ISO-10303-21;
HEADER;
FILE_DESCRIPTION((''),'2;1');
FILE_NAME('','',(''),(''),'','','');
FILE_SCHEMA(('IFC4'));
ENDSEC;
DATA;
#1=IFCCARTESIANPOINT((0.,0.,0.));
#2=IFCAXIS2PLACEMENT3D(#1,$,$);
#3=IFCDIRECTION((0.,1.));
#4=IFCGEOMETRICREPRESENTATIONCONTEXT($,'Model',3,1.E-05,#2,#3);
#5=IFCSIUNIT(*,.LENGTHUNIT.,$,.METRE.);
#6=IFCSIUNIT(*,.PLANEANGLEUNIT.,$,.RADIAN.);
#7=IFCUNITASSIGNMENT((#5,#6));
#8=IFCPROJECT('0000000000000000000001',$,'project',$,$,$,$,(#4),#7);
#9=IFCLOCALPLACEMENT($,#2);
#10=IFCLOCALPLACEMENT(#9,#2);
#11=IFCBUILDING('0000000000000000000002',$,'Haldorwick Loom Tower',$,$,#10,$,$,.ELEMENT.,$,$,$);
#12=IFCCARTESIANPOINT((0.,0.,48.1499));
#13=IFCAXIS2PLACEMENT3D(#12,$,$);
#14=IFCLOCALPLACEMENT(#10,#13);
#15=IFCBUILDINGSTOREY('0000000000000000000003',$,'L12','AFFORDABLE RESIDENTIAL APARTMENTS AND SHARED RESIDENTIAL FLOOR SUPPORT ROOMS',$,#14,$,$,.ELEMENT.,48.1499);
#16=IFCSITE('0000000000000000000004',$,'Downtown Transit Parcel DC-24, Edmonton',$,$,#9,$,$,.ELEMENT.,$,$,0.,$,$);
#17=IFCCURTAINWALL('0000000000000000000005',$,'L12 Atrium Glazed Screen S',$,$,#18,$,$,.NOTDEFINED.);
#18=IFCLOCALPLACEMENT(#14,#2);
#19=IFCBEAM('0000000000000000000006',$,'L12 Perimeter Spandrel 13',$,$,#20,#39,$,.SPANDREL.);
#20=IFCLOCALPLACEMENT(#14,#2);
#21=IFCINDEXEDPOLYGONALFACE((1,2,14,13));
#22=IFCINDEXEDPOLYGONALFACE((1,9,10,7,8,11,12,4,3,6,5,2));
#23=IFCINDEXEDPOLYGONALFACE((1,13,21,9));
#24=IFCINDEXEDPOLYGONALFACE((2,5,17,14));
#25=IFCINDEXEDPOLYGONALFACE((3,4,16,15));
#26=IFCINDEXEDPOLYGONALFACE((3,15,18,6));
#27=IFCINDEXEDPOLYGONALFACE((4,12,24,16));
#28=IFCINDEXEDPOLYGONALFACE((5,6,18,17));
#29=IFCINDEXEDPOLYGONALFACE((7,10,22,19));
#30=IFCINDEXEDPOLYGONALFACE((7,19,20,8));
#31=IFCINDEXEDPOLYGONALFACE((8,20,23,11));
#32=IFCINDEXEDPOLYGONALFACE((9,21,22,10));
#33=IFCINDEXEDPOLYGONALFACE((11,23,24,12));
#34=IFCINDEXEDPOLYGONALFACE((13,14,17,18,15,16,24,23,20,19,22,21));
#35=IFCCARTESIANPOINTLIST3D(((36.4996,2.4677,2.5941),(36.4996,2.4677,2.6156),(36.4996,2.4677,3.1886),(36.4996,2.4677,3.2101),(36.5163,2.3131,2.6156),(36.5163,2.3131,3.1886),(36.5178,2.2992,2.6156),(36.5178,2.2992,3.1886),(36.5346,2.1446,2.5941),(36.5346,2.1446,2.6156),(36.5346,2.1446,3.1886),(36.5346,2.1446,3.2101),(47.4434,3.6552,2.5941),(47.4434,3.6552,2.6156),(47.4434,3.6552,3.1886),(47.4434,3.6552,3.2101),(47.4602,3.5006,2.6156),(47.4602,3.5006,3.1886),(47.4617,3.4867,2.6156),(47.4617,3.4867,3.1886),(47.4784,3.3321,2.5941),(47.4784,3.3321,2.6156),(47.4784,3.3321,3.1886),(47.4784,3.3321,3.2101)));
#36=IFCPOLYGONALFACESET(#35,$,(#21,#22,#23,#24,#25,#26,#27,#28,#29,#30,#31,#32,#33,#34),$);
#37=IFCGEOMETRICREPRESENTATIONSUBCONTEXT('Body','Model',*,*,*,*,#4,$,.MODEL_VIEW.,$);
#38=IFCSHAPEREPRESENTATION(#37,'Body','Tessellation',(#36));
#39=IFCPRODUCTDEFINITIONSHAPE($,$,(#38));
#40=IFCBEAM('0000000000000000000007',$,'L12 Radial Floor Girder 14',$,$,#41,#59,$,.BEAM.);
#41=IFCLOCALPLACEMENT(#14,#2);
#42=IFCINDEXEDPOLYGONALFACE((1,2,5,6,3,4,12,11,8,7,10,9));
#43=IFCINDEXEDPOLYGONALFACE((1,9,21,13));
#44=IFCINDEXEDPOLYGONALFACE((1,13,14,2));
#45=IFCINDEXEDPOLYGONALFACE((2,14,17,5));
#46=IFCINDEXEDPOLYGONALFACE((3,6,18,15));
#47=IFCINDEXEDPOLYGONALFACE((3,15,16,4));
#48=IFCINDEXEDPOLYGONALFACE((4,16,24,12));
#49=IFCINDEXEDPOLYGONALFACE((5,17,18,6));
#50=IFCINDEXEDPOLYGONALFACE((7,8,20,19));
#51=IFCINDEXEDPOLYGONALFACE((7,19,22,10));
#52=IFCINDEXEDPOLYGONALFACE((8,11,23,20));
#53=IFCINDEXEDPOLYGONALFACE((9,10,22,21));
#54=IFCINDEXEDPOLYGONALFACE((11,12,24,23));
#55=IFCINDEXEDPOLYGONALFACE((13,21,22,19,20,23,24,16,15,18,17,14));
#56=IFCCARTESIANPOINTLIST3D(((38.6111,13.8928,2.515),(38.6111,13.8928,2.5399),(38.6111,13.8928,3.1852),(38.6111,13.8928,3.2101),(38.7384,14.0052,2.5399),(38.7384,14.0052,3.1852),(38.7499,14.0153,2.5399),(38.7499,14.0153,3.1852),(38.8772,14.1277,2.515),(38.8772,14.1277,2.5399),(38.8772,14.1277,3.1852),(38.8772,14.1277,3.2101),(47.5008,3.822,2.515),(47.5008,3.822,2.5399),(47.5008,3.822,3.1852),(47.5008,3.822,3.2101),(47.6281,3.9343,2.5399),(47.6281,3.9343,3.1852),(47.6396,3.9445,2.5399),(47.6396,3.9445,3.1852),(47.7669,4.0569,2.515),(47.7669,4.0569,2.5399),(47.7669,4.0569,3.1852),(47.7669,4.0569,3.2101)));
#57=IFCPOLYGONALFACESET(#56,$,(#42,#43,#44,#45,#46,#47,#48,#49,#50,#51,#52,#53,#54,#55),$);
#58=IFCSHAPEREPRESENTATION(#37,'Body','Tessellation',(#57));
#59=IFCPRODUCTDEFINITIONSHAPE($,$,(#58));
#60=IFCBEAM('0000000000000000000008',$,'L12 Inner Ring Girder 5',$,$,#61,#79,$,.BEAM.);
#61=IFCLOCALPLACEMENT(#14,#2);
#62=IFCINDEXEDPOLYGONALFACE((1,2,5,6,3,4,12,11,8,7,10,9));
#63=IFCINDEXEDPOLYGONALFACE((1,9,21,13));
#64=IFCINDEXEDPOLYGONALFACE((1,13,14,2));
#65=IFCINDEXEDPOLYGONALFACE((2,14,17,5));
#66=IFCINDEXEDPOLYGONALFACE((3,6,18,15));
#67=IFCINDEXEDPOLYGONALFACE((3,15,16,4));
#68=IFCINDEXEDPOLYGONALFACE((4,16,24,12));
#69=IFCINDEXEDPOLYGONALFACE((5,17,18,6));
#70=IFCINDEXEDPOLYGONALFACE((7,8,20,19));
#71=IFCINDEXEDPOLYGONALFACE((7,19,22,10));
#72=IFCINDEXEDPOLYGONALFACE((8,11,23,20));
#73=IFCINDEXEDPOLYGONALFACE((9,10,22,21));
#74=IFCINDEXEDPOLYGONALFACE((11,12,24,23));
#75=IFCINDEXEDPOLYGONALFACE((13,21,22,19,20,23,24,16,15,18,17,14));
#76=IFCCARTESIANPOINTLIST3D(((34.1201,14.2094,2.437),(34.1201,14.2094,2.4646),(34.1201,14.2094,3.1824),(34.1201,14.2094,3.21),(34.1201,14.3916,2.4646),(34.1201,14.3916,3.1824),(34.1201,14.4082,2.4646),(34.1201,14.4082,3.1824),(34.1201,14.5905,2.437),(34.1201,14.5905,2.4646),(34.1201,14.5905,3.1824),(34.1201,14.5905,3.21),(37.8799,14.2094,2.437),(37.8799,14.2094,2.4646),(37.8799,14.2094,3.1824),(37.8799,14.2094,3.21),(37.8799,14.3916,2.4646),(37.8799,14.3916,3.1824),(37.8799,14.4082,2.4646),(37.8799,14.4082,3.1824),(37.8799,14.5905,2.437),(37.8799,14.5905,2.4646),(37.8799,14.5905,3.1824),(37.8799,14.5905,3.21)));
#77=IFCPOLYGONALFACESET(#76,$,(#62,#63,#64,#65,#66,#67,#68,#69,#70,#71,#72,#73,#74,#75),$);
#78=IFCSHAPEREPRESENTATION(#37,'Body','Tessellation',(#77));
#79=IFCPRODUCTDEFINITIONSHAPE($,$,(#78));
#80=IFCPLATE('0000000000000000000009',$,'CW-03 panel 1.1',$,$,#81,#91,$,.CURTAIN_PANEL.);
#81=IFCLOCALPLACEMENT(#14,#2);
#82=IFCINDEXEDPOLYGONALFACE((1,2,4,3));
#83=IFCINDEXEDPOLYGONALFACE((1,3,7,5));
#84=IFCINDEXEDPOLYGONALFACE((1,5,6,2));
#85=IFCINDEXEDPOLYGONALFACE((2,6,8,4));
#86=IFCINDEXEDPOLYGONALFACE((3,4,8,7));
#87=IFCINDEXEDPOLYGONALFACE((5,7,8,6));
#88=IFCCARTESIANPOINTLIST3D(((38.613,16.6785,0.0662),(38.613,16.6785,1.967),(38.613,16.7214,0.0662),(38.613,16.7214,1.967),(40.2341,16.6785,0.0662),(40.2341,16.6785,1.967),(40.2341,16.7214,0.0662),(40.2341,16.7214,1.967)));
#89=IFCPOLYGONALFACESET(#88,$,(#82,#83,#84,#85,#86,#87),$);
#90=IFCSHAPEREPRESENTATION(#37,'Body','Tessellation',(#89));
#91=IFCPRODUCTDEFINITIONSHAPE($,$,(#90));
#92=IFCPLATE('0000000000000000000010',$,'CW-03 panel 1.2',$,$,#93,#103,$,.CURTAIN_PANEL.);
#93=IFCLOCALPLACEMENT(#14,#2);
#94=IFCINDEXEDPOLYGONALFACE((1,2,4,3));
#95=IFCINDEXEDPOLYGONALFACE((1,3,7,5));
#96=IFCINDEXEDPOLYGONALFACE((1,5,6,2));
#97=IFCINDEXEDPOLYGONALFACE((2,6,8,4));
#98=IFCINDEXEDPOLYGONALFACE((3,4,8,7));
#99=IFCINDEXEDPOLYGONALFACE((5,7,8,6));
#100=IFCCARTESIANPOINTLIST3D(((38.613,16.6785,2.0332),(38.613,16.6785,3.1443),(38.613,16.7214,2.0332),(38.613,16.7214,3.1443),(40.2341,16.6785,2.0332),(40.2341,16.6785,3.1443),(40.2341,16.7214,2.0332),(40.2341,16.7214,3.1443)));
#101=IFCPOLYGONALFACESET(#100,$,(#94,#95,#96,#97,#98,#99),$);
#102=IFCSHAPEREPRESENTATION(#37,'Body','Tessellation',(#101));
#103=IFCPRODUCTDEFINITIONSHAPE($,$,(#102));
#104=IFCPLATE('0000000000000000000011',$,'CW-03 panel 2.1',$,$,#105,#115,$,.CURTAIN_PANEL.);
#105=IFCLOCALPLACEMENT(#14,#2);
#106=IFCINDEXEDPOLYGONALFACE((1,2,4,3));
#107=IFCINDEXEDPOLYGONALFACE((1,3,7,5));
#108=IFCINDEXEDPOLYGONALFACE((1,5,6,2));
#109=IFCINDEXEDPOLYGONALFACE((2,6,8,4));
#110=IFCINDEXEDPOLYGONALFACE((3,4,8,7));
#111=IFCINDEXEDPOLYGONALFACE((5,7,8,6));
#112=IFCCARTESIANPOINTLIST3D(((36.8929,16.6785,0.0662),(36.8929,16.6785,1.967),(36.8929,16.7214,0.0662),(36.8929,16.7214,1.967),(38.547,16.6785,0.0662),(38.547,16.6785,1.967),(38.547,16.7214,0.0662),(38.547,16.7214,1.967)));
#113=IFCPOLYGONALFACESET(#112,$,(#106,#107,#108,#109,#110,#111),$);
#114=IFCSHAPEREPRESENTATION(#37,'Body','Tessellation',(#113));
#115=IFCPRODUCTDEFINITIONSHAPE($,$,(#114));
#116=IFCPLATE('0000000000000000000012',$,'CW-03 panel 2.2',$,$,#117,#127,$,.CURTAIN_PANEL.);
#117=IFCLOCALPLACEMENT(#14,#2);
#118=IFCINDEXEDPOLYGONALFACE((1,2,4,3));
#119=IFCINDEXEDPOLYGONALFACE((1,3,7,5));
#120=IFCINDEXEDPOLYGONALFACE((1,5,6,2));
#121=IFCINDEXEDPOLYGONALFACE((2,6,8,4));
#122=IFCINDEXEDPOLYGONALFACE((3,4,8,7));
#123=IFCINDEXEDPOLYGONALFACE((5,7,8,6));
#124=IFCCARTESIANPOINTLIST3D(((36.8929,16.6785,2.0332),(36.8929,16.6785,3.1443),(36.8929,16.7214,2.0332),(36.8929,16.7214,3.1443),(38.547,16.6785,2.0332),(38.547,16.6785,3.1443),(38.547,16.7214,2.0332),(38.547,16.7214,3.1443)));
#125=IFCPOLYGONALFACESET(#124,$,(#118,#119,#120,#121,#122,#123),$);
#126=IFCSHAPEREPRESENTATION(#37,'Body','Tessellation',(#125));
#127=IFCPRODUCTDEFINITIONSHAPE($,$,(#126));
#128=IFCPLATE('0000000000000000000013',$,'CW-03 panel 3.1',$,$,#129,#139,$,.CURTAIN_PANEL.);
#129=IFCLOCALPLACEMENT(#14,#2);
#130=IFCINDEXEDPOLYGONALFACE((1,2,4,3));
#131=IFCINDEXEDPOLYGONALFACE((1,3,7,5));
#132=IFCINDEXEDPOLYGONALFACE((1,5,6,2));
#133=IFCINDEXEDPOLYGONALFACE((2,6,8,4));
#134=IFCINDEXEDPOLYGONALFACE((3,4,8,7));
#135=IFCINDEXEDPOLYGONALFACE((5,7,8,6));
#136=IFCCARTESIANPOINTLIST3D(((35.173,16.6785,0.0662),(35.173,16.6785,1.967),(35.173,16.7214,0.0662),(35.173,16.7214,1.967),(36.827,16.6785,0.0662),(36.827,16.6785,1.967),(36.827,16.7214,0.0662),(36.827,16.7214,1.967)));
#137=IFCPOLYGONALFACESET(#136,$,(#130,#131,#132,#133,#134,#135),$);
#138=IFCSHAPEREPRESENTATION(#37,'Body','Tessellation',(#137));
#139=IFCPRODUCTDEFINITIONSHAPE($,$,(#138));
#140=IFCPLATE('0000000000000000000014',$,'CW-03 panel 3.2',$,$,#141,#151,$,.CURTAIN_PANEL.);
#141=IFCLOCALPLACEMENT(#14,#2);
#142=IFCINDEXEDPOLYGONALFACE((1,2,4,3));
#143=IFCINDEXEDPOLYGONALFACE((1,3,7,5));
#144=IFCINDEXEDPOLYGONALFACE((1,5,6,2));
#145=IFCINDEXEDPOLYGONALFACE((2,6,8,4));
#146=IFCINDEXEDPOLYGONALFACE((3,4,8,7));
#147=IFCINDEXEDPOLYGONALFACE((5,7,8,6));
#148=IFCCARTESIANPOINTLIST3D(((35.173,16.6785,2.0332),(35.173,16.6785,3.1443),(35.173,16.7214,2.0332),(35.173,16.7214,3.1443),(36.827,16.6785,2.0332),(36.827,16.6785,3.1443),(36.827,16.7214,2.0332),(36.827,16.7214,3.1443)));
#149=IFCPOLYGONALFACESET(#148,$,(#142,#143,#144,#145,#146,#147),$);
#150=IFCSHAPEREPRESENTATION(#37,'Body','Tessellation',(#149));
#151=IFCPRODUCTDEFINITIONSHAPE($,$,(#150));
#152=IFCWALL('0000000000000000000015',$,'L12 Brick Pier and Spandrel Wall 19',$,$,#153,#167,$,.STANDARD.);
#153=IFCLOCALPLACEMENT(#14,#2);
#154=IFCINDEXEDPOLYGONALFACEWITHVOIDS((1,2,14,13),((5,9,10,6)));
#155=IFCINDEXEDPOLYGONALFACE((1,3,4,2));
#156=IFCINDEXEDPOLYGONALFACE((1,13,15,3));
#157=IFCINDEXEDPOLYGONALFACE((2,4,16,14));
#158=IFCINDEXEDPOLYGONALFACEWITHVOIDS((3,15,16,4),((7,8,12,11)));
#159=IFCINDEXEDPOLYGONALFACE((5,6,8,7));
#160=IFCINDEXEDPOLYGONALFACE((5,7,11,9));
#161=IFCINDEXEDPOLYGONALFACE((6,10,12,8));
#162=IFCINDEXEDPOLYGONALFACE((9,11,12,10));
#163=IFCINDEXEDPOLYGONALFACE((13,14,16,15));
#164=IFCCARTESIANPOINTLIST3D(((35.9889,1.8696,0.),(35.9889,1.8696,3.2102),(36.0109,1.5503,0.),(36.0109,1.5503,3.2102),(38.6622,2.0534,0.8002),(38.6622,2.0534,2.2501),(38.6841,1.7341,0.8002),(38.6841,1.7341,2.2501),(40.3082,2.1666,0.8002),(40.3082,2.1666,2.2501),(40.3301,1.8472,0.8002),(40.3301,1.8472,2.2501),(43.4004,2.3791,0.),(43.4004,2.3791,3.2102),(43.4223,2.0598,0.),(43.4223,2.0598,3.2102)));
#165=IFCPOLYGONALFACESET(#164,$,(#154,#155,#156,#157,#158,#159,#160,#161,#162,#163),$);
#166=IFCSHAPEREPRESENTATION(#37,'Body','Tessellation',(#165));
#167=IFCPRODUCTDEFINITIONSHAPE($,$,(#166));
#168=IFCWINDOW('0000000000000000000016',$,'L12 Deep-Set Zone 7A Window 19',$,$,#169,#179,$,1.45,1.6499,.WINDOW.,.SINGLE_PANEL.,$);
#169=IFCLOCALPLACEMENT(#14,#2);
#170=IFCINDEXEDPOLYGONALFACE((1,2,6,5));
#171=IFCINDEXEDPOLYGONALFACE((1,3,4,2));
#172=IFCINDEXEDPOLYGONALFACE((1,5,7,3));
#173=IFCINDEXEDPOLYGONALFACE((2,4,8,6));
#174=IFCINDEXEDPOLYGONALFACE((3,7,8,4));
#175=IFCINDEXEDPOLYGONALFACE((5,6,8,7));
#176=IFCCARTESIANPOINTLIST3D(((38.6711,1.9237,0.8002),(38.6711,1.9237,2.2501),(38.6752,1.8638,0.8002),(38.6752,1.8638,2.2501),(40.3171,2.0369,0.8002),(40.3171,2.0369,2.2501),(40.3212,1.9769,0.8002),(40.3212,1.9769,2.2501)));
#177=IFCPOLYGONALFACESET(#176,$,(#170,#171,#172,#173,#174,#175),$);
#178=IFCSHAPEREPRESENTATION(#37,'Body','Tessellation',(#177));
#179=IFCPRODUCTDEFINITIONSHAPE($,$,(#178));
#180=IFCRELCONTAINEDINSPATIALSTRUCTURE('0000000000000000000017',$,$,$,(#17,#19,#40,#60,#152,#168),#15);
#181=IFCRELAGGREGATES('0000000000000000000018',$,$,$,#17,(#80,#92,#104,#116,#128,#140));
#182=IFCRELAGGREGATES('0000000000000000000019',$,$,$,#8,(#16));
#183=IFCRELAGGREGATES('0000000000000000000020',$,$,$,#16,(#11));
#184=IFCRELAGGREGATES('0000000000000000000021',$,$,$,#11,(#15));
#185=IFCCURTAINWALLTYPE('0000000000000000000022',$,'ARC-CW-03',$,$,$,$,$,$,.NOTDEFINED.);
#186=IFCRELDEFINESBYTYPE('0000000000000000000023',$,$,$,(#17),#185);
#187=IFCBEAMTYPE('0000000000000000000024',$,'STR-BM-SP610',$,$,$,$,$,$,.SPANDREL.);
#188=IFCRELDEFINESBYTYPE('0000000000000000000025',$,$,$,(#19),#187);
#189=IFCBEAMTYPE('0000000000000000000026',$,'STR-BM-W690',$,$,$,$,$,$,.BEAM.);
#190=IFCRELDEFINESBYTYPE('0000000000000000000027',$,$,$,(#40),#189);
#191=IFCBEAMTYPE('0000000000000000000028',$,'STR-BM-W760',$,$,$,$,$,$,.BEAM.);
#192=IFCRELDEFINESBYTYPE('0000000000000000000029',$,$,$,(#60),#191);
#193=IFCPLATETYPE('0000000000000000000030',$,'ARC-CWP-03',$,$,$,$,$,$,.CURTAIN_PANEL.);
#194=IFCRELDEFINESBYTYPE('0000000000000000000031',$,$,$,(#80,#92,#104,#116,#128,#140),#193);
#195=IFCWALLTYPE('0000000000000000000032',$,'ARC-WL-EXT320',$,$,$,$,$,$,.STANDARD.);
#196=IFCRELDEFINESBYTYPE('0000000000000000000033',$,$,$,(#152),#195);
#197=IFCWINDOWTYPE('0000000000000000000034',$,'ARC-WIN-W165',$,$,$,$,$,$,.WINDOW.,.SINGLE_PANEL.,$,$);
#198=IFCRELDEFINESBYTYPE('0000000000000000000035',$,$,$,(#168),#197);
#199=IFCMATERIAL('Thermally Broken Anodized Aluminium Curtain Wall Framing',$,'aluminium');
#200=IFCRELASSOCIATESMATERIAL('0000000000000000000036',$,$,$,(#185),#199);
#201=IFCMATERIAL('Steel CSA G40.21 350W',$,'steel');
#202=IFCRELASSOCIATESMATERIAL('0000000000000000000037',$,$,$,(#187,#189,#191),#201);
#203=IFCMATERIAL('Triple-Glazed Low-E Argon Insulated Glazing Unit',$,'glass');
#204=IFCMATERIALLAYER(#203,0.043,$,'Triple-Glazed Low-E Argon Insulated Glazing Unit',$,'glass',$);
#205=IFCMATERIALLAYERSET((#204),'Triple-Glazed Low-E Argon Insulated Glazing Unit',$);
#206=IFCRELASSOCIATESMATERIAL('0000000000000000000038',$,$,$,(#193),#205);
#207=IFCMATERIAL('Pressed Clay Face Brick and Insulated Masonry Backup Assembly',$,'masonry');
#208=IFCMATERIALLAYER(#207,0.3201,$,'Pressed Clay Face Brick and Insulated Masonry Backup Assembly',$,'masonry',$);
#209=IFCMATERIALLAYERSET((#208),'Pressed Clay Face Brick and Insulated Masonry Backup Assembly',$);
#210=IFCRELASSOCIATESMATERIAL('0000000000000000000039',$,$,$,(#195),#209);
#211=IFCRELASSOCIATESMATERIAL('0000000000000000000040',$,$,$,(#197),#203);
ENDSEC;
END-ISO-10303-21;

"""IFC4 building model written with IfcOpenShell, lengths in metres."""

from ifc_helpers import new_model, si_unit, direction, frame, frame_2d, origin, origin_2d, place, context, subcontext, project, spatial, rectangle, i_section, extrude, material, layer, layer_set, material_profile, profile_set, type_object, element, fill, aggregate, save


model = new_model("IFC4")

# Units and contexts
model_context = context("Model", 3, precision=1e-05, world=origin(), true_north=direction((0.0, 1.0)))
body_context = subcontext(model_context, "Body", "Model", "MODEL_VIEW")
ifc_project = project(units=[si_unit("LENGTHUNIT", "METRE"), si_unit("PLANEANGLEUNIT", "RADIAN")], contexts=[model_context])

# Site, building, storey
site_placement = place(None, origin())
site = spatial("IfcSite", under=ifc_project, at=site_placement, Name="Downtown Transit Parcel DC-24, Edmonton", CompositionType="ELEMENT", RefElevation=0.0)
building_placement = place(site_placement, origin())
building = spatial("IfcBuilding", under=site, at=building_placement, Name="Haldorwick Loom Tower", CompositionType="ELEMENT")
storey_placement = place(building_placement, frame((0.0, 0.0, 48.1499)))
storey = spatial("IfcBuildingStorey", under=building, at=storey_placement, Name="L12", Description="AFFORDABLE RESIDENTIAL APARTMENTS AND SHARED RESIDENTIAL FLOOR SUPPORT ROOMS", CompositionType="ELEMENT", Elevation=48.1499)

# Curtain wall
ifc_material_1 = material(Name="Thermally Broken Anodized Aluminium Curtain Wall Framing", Category="aluminium")
curtain_wall_type = type_object("IfcCurtainWallType", Name="ARC-CW-03", PredefinedType="NOTDEFINED", material=ifc_material_1)
curtain_wall_placement = place(storey_placement, origin())
curtain_wall = element("IfcCurtainWall", 1, at=curtain_wall_placement, inside=storey, type_object=curtain_wall_type, Name="L12 Atrium Glazed Screen S", PredefinedType="NOTDEFINED")

# Beams
ifc_material_2 = material(Name="Steel CSA G40.21 350W", Category="steel")
ifc_material_profile_1 = material_profile(ifc_material_2, i_section(OverallWidth=0.325, OverallDepth=0.616, WebThickness=0.0139, FlangeThickness=0.0215, at=origin_2d()), Name="W610X174", Category="steel")
ifc_profile_set_1 = profile_set([ifc_material_profile_1], Name="Steel CSA G40.21 350W")
beam_type_1 = type_object("IfcBeamType", Name="STR-BM-SP610", PredefinedType="SPANDREL", material=ifc_profile_set_1)
beam_1_placement = place(storey_placement, frame((36.5171, 2.3062, 2.9021), z_axis=(0.994164, 0.107875, 0.0), x_axis=(-0.107875, 0.994164, 0.0)))
element("IfcBeam", 2, at=beam_1_placement, inside=storey, type_object=beam_type_1, Name="L12 Perimeter Spandrel 13", PredefinedType="SPANDREL", context=body_context, shape_type="SweptSolid", body=[
    extrude(i_section(OverallWidth=0.325, OverallDepth=0.616, WebThickness=0.0139, FlangeThickness=0.0215, at=origin_2d()), origin(), (0.0, 0.0, 1.0), 11.0081),
])
ifc_material_profile_2 = material_profile(ifc_material_2, i_section(OverallWidth=0.355, OverallDepth=0.6951, WebThickness=0.0154, FlangeThickness=0.0249, at=origin_2d()), Name="W690X217", Category="steel")
ifc_profile_set_2 = profile_set([ifc_material_profile_2], Name="Steel CSA G40.21 350W")
beam_type_2 = type_object("IfcBeamType", Name="STR-BM-W690", PredefinedType="BEAM", material=ifc_profile_set_2)
beam_2_placement = place(storey_placement, frame((38.7441, 14.0103, 2.8625), z_axis=(0.661774, -0.749703, 0.0), x_axis=(0.749703, 0.661774, 0.0)))
element("IfcBeam", 3, at=beam_2_placement, inside=storey, type_object=beam_type_2, Name="L12 Radial Floor Girder 14", PredefinedType="BEAM", context=body_context, shape_type="SweptSolid", body=[
    extrude(i_section(OverallWidth=0.355, OverallDepth=0.6951, WebThickness=0.0154, FlangeThickness=0.0249, at=origin_2d()), origin(), (0.0, 0.0, 1.0), 13.4331),
])
ifc_material_profile_3 = material_profile(ifc_material_2, i_section(OverallWidth=0.3811, OverallDepth=0.7729, WebThickness=0.0166, FlangeThickness=0.0276, at=origin_2d()), Name="W760X257", Category="steel")
ifc_profile_set_3 = profile_set([ifc_material_profile_3], Name="Steel CSA G40.21 350W")
beam_type_3 = type_object("IfcBeamType", Name="STR-BM-W760", PredefinedType="BEAM", material=ifc_profile_set_3)
beam_3_placement = place(storey_placement, frame((37.8799, 14.3999, 2.8235), z_axis=(-1.0, 0.0, 0.0), x_axis=(0.0, -1.0, 0.0)))
element("IfcBeam", 4, at=beam_3_placement, inside=storey, type_object=beam_type_3, Name="L12 Inner Ring Girder 5", PredefinedType="BEAM", context=body_context, shape_type="SweptSolid", body=[
    extrude(i_section(OverallWidth=0.3811, OverallDepth=0.7729, WebThickness=0.0166, FlangeThickness=0.0276, at=origin_2d()), origin(), (0.0, 0.0, 1.0), 3.7598),
])

# Plates
ifc_material_3 = material(Name="Triple-Glazed Low-E Argon Insulated Glazing Unit", Category="glass")
ifc_layer_1 = layer(ifc_material_3, 0.043, Name="Triple-Glazed Low-E Argon Insulated Glazing Unit", Category="glass")
ifc_layer_set_1 = layer_set([ifc_layer_1], Name="Triple-Glazed Low-E Argon Insulated Glazing Unit")
plate_type = type_object("IfcPlateType", Name="ARC-CWP-03", PredefinedType="CURTAIN_PANEL", material=ifc_layer_set_1)
plate_1_placement = place(storey_placement, frame((39.4236, 16.7, 0.0662), z_axis=(0.0, 0.0, 1.0), x_axis=(-1.0, 0.0, 0.0)))
plate_1 = element("IfcPlate", 5, at=plate_1_placement, type_object=plate_type, Name="CW-03 panel 1.1", PredefinedType="CURTAIN_PANEL", context=body_context, shape_type="SweptSolid", body=[
    extrude(rectangle(XDim=1.6211, YDim=0.043, at=origin_2d()), origin(), (0.0, 0.0, 1.0), 1.9009),
])
plate_2_placement = place(storey_placement, frame((39.4236, 16.7, 2.0332), z_axis=(0.0, 0.0, 1.0), x_axis=(-1.0, 0.0, 0.0)))
plate_2 = element("IfcPlate", 6, at=plate_2_placement, type_object=plate_type, Name="CW-03 panel 1.2", PredefinedType="CURTAIN_PANEL", context=body_context, shape_type="SweptSolid", body=[
    extrude(rectangle(XDim=1.6211, YDim=0.043, at=origin_2d()), origin(), (0.0, 0.0, 1.0), 1.1111),
])
plate_3_placement = place(storey_placement, frame((37.72, 16.7, 0.0662), z_axis=(0.0, 0.0, 1.0), x_axis=(-1.0, 0.0, 0.0)))
plate_3 = element("IfcPlate", 7, at=plate_3_placement, type_object=plate_type, Name="CW-03 panel 2.1", PredefinedType="CURTAIN_PANEL", context=body_context, shape_type="SweptSolid", body=[
    extrude(rectangle(XDim=1.6541, YDim=0.043, at=origin_2d()), origin(), (0.0, 0.0, 1.0), 1.9009),
])
plate_4_placement = place(storey_placement, frame((37.72, 16.7, 2.0332), z_axis=(0.0, 0.0, 1.0), x_axis=(-1.0, 0.0, 0.0)))
plate_4 = element("IfcPlate", 8, at=plate_4_placement, type_object=plate_type, Name="CW-03 panel 2.2", PredefinedType="CURTAIN_PANEL", context=body_context, shape_type="SweptSolid", body=[
    extrude(rectangle(XDim=1.6541, YDim=0.043, at=origin_2d()), origin(), (0.0, 0.0, 1.0), 1.1111),
])
plate_5_placement = place(storey_placement, frame((36.0, 16.7, 0.0662), z_axis=(0.0, 0.0, 1.0), x_axis=(-1.0, 0.0, 0.0)))
plate_5 = element("IfcPlate", 9, at=plate_5_placement, type_object=plate_type, Name="CW-03 panel 3.1", PredefinedType="CURTAIN_PANEL", context=body_context, shape_type="SweptSolid", body=[
    extrude(rectangle(XDim=1.6541, YDim=0.043, at=origin_2d()), origin(), (0.0, 0.0, 1.0), 1.9009),
])
plate_6_placement = place(storey_placement, frame((36.0, 16.7, 2.0332), z_axis=(0.0, 0.0, 1.0), x_axis=(-1.0, 0.0, 0.0)))
plate_6 = element("IfcPlate", 10, at=plate_6_placement, type_object=plate_type, Name="CW-03 panel 3.2", PredefinedType="CURTAIN_PANEL", context=body_context, shape_type="SweptSolid", body=[
    extrude(rectangle(XDim=1.6541, YDim=0.043, at=origin_2d()), origin(), (0.0, 0.0, 1.0), 1.1111),
])
aggregate(curtain_wall, [plate_1, plate_2, plate_3, plate_4, plate_5, plate_6])

# Wall, opening, window
ifc_material_4 = material(Name="Pressed Clay Face Brick and Insulated Masonry Backup Assembly", Category="masonry")
ifc_layer_2 = layer(ifc_material_4, 0.3201, Name="Pressed Clay Face Brick and Insulated Masonry Backup Assembly", Category="masonry")
ifc_layer_set_2 = layer_set([ifc_layer_2], Name="Pressed Clay Face Brick and Insulated Masonry Backup Assembly")
wall_type_1 = type_object("IfcWallType", Name="ARC-WL-EXT320", PredefinedType="STANDARD", material=ifc_layer_set_2)
wall_1_placement = place(storey_placement, frame((36.0, 1.71, 0.0), z_axis=(0.0, 0.0, 1.0), x_axis=(0.997645, 0.068587, 0.0)))
wall_1 = element("IfcWall", 11, at=wall_1_placement, inside=storey, type_object=wall_type_1, Name="L12 Brick Pier and Spandrel Wall 19", PredefinedType="STANDARD", context=body_context, shape_type="SweptSolid", body=[
    extrude(rectangle(XDim=7.429, YDim=0.3201, at=frame_2d((3.7144, 0.0))), origin(), (0.0, 0.0, 1.0), 3.2102),
])
opening_placement = place(wall_1_placement, frame((2.6794, 0.0, 0.8)))
opening = element("IfcOpeningElement", 12, at=opening_placement, cuts=wall_1, PredefinedType="OPENING", context=body_context, shape_type="SweptSolid", body=[
    extrude(rectangle(XDim=1.6499, YDim=1.45, at=frame_2d((0.825, 0.7251))), frame((0.0, 0.1699, 0.0), z_axis=(0.0, -1.0, 0.0), x_axis=(1.0, 0.0, 0.0)), (0.0, 0.0, 1.0), 0.3401),
])
window_type = type_object("IfcWindowType", Name="ARC-WIN-W165", PartitioningType="SINGLE_PANEL", PredefinedType="WINDOW", material=ifc_material_3)
window_placement = place(opening_placement, origin())
window = element("IfcWindow", 13, at=window_placement, inside=storey, type_object=window_type, Name="L12 Deep-Set Zone 7A Window 19", OverallHeight=1.45, OverallWidth=1.6499, PartitioningType="SINGLE_PANEL", PredefinedType="WINDOW", context=body_context, shape_type="SweptSolid", body=[
    extrude(rectangle(XDim=1.6499, YDim=1.45, at=frame_2d((0.825, 0.7251))), frame((0.0, 0.03, 0.0), z_axis=(0.0, -1.0, 0.0), x_axis=(1.0, 0.0, 0.0)), (0.0, 0.0, 1.0), 0.0601),
])
fill(opening, window)

save(model, "model.ifc")
